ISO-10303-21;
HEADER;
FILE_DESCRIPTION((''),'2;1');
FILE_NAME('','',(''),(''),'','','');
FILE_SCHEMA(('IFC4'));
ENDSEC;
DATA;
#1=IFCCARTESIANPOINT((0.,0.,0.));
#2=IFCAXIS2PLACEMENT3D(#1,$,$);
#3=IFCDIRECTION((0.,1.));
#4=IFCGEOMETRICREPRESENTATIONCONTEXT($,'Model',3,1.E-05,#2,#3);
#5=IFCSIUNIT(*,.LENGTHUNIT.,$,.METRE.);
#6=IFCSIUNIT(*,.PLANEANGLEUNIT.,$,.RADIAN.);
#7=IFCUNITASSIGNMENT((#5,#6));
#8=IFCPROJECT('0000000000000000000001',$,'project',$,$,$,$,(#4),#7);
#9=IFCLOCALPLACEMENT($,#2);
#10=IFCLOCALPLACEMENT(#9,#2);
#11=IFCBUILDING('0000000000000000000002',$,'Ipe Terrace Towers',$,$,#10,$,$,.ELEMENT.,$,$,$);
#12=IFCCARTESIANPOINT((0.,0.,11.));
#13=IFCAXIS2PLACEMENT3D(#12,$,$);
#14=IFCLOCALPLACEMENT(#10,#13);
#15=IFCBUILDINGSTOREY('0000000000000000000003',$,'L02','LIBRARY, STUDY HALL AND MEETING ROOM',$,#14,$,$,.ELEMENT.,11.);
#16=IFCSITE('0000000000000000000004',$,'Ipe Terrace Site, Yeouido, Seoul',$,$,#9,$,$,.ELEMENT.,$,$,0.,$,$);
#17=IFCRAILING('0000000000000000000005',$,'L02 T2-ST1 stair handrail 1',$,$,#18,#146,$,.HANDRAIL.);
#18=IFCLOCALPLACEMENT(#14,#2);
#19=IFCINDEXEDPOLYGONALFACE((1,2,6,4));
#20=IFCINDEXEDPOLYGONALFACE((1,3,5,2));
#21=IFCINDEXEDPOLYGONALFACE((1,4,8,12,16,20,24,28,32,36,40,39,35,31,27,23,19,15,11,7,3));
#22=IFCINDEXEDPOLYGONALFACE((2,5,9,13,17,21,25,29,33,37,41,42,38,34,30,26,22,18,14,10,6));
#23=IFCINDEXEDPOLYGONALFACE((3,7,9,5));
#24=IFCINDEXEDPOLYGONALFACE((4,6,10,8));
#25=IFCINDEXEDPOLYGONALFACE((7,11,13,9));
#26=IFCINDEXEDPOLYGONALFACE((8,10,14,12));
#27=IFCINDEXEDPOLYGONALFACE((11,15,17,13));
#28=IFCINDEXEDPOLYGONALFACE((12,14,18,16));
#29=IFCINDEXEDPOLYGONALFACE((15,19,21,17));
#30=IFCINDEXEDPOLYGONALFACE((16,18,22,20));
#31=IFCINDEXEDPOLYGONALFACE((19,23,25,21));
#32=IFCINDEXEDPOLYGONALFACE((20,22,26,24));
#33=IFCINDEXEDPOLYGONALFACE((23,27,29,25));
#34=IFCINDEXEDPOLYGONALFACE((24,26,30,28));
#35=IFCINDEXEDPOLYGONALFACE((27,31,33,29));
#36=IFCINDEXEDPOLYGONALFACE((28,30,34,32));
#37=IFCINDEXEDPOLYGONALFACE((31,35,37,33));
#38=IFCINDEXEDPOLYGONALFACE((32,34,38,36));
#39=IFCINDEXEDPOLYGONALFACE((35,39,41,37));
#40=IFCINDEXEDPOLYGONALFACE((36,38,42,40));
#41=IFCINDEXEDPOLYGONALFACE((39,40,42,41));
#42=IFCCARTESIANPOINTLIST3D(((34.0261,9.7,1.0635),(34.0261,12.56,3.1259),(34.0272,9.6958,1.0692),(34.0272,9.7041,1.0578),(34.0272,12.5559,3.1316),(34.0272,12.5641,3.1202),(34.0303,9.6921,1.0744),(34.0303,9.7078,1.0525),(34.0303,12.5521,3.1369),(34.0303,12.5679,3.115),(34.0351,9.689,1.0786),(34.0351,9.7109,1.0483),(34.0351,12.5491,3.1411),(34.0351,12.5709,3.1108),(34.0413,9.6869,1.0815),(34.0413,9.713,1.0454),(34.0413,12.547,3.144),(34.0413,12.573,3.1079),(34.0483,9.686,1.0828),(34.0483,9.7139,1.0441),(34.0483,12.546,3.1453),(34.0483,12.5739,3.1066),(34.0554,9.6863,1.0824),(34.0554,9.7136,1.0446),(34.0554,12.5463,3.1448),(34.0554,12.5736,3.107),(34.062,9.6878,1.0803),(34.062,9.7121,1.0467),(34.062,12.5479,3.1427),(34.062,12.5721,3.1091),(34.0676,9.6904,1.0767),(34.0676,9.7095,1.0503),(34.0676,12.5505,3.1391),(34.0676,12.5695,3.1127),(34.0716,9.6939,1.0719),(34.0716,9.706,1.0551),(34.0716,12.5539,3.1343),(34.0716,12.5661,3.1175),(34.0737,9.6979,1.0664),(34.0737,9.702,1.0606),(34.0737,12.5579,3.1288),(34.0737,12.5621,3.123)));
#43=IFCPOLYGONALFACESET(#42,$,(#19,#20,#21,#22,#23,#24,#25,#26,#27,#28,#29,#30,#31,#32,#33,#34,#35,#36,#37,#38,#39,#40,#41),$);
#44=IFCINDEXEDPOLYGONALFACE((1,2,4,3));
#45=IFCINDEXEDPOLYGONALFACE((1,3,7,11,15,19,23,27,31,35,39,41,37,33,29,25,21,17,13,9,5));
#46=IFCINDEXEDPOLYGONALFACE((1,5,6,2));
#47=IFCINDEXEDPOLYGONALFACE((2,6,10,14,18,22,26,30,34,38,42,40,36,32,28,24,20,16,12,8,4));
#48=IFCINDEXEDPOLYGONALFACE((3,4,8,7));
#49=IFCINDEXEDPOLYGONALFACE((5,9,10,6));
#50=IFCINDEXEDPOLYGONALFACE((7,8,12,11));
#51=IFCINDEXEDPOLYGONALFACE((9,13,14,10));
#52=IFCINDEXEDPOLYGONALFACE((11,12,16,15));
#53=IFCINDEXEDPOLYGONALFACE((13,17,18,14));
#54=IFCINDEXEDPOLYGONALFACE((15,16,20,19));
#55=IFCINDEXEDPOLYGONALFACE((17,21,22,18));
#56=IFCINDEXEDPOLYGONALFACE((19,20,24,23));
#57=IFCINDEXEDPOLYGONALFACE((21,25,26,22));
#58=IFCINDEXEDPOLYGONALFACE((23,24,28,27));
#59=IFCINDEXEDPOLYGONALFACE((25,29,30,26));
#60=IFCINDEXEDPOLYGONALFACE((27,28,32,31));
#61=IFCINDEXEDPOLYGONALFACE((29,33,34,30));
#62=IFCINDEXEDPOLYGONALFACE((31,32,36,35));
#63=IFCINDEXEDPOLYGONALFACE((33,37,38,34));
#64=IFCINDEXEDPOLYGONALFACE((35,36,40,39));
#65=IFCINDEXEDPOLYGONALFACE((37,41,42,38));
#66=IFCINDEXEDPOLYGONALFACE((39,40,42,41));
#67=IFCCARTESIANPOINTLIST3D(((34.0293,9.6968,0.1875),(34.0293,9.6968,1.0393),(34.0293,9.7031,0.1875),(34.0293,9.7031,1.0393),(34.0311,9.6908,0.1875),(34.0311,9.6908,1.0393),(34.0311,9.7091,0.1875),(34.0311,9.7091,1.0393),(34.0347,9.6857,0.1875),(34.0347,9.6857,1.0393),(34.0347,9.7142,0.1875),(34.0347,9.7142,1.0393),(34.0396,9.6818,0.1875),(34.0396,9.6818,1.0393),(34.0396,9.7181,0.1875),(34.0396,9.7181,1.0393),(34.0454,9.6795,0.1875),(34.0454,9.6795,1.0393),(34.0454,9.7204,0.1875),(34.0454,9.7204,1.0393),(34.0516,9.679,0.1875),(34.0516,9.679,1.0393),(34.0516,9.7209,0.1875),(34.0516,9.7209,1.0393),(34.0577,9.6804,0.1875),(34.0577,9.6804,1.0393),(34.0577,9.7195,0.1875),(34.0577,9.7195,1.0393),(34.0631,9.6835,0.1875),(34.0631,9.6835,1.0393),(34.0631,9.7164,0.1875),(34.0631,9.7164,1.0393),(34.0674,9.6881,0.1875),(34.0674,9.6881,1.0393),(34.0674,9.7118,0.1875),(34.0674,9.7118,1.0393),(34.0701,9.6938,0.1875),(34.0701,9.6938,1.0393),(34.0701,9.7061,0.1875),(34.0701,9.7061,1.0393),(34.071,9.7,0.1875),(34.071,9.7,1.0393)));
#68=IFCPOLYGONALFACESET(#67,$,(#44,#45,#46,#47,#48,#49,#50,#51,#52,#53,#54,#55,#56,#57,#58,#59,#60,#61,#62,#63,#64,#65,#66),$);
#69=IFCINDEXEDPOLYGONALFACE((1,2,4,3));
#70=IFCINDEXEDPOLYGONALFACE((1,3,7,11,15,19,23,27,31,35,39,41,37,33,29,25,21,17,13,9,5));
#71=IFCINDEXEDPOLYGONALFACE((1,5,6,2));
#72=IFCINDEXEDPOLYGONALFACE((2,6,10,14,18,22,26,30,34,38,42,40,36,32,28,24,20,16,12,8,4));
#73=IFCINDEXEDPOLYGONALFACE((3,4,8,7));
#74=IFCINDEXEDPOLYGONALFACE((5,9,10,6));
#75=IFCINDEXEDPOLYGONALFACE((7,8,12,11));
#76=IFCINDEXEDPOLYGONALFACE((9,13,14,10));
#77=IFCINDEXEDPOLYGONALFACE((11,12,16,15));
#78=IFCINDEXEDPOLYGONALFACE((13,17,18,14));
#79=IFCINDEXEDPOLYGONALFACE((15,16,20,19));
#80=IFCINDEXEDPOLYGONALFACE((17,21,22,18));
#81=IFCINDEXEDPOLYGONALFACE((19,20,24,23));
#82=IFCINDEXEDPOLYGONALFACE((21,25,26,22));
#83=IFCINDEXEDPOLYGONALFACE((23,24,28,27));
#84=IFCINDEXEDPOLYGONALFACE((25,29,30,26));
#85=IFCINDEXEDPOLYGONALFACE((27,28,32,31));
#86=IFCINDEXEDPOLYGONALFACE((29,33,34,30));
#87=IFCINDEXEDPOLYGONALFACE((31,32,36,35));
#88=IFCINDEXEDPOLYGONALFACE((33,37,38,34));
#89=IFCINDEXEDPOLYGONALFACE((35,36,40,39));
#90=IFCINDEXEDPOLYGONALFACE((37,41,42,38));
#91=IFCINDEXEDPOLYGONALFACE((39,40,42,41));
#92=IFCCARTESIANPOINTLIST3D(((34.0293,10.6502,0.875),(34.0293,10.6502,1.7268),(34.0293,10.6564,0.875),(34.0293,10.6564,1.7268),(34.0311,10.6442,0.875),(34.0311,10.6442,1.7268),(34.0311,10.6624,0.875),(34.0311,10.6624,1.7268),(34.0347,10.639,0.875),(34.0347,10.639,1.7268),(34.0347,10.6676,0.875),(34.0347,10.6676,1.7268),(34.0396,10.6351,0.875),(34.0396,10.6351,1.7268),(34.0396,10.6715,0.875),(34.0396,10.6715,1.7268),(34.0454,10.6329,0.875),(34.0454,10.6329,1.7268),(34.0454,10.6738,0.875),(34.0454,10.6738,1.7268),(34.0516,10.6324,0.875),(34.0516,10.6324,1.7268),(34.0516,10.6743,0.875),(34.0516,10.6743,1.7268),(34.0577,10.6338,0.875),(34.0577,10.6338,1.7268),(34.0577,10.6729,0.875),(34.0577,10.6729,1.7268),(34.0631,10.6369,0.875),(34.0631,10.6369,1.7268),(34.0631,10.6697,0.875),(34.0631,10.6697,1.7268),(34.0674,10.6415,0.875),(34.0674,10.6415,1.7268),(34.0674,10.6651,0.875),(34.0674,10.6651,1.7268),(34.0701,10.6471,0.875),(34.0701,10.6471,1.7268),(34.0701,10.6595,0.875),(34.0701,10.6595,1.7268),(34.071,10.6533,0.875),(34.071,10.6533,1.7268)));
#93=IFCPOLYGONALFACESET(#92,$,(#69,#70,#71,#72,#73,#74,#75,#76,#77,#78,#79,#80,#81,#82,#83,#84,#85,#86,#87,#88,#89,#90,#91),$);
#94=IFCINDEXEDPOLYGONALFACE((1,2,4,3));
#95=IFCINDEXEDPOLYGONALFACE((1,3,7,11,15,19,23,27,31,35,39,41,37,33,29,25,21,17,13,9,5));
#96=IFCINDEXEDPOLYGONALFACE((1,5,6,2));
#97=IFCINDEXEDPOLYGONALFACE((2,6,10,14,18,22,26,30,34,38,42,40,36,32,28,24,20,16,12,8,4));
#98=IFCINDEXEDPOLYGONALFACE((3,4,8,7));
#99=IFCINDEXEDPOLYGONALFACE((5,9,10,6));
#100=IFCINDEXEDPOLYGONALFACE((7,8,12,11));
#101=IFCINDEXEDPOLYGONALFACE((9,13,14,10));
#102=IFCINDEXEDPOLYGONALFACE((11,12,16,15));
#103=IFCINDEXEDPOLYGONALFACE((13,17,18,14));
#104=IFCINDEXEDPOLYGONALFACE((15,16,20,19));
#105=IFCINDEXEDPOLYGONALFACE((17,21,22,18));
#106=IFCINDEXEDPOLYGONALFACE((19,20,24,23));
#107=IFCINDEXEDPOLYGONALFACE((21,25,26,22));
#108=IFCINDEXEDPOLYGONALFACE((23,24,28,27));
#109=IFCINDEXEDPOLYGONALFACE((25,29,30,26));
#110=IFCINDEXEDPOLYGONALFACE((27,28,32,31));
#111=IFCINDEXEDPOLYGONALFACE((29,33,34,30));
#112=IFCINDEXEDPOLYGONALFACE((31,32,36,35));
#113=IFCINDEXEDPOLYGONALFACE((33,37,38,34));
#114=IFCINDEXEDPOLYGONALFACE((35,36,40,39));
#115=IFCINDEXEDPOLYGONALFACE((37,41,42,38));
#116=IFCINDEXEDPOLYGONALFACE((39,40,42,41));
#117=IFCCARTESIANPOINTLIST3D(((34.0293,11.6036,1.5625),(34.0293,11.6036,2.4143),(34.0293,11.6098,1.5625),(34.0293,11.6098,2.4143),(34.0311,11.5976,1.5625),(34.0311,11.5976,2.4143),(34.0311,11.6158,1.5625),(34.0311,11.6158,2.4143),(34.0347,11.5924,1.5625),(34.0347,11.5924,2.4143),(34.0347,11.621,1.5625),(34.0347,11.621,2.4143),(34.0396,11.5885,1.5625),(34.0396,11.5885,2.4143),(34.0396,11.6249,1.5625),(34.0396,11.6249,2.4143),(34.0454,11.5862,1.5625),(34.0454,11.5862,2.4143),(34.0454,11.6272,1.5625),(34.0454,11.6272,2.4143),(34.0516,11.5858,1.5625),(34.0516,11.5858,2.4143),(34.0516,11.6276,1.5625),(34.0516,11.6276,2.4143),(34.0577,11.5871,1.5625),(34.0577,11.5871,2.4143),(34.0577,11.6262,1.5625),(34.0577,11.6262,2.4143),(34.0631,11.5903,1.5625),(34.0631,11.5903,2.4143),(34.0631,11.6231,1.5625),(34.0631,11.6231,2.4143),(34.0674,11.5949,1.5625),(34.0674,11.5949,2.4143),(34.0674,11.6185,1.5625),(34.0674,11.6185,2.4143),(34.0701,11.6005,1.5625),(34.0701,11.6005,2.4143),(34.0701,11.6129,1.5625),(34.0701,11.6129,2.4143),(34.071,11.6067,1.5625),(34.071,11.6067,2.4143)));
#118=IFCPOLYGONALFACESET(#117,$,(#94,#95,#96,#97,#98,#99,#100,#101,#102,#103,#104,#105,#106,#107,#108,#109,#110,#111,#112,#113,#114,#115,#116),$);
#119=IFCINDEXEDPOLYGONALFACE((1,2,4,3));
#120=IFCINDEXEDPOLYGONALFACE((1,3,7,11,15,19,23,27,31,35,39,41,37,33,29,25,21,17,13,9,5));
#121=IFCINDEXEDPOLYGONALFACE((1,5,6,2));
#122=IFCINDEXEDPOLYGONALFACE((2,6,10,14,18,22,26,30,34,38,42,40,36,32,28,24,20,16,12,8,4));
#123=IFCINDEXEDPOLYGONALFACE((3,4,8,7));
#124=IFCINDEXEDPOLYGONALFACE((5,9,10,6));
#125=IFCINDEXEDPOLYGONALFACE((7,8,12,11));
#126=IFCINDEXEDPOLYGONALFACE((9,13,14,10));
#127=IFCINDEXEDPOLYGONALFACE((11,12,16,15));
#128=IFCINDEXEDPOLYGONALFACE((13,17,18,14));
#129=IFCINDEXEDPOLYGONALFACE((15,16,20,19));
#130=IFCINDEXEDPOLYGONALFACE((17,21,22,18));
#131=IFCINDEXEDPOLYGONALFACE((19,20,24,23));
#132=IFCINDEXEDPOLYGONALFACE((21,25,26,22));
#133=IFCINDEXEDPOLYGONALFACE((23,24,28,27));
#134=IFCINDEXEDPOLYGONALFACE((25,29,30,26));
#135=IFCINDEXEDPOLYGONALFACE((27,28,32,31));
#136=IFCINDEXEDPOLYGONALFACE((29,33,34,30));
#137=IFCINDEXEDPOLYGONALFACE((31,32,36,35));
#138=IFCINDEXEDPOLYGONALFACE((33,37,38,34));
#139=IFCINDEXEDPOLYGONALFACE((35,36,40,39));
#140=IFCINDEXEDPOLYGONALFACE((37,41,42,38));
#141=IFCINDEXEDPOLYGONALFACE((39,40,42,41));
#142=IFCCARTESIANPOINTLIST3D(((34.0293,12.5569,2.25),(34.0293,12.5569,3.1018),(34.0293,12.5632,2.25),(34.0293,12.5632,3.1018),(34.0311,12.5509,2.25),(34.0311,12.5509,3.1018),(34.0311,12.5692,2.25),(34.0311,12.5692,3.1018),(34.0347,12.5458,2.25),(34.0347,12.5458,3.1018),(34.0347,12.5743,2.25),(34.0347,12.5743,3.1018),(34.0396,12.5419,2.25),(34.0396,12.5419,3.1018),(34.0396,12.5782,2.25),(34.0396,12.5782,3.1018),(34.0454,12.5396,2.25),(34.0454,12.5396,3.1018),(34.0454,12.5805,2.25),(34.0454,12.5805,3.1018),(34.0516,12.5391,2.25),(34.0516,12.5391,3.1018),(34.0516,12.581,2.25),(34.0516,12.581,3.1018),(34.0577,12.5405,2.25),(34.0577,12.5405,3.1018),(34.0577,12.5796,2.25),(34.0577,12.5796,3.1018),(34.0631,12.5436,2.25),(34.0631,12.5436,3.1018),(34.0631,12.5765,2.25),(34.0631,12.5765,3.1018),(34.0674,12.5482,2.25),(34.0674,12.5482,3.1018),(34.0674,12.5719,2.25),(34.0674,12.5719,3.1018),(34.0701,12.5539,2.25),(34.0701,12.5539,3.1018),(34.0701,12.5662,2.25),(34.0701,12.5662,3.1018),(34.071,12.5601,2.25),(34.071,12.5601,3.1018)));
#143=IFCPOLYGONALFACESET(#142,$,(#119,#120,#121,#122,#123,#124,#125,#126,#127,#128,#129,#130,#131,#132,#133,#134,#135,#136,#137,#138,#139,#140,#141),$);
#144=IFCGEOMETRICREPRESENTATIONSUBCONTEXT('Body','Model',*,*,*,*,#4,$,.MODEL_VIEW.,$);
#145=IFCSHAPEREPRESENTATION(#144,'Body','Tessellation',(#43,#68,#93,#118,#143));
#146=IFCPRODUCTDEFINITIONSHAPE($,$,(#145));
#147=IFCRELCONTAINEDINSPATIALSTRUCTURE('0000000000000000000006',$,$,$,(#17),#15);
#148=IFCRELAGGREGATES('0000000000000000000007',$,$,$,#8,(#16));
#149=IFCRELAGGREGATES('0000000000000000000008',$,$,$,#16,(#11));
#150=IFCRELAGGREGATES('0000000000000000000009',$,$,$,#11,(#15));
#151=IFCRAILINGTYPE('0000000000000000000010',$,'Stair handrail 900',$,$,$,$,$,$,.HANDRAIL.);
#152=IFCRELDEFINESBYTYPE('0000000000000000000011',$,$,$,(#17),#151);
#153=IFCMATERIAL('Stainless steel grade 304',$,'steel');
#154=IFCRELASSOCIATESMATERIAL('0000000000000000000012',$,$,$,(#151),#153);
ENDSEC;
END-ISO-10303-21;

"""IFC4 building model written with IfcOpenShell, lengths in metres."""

from ifc_helpers import new_model, si_unit, direction, frame, origin, origin_2d, place, context, subcontext, project, spatial, circle, extrude, material, type_object, element, save


model = new_model("IFC4")

# Units and contexts
model_context = context("Model", 3, precision=1e-05, world=origin(), true_north=direction((0.0, 1.0)))
body_context = subcontext(model_context, "Body", "Model", "MODEL_VIEW")
ifc_project = project(units=[si_unit("LENGTHUNIT", "METRE"), si_unit("PLANEANGLEUNIT", "RADIAN")], contexts=[model_context])

# Site, building, storey
site_placement = place(None, origin())
site = spatial("IfcSite", under=ifc_project, at=site_placement, Name="Ipe Terrace Site, Yeouido, Seoul", CompositionType="ELEMENT", RefElevation=0.0)
building_placement = place(site_placement, origin())
building = spatial("IfcBuilding", under=site, at=building_placement, Name="Ipe Terrace Towers", CompositionType="ELEMENT")
storey_placement = place(building_placement, frame((0.0, 0.0, 11.0)))
storey = spatial("IfcBuildingStorey", under=building, at=storey_placement, Name="L02", Description="LIBRARY, STUDY HALL AND MEETING ROOM", CompositionType="ELEMENT", Elevation=11.0)

# Railing
ifc_material_1 = material(Name="Stainless steel grade 304", Category="steel")
railing_type_1 = type_object("IfcRailingType", Name="Stair handrail 900", PredefinedType="HANDRAIL", material=ifc_material_1)
railing_1_placement = place(storey_placement, frame((34.05, 9.7, 0.1875)))
element("IfcRailing", 1, at=railing_1_placement, inside=storey, type_object=railing_type_1, Name="L02 T2-ST1 stair handrail 1", PredefinedType="HANDRAIL", context=body_context, shape_type="SweptSolid", body=[
    extrude(circle(Radius=0.0239, at=origin_2d()), frame((0.0, 0.0, 0.876), z_axis=(0.0, 0.811101, 0.584906), x_axis=(-1.0, 0.0, 0.0)), (0.0, 0.0, 1.0), 3.5261),
    extrude(circle(Radius=0.021, at=origin_2d()), origin(), (0.0, 0.0, 1.0), 0.8518),
    extrude(circle(Radius=0.021, at=origin_2d()), frame((0.0, 0.9534, 0.6875)), (0.0, 0.0, 1.0), 0.8518),
    extrude(circle(Radius=0.021, at=origin_2d()), frame((0.0, 1.9067, 1.375)), (0.0, 0.0, 1.0), 0.8518),
    extrude(circle(Radius=0.021, at=origin_2d()), frame((0.0, 2.8601, 2.0625)), (0.0, 0.0, 1.0), 0.8518),
])

save(model, "model.ifc")
